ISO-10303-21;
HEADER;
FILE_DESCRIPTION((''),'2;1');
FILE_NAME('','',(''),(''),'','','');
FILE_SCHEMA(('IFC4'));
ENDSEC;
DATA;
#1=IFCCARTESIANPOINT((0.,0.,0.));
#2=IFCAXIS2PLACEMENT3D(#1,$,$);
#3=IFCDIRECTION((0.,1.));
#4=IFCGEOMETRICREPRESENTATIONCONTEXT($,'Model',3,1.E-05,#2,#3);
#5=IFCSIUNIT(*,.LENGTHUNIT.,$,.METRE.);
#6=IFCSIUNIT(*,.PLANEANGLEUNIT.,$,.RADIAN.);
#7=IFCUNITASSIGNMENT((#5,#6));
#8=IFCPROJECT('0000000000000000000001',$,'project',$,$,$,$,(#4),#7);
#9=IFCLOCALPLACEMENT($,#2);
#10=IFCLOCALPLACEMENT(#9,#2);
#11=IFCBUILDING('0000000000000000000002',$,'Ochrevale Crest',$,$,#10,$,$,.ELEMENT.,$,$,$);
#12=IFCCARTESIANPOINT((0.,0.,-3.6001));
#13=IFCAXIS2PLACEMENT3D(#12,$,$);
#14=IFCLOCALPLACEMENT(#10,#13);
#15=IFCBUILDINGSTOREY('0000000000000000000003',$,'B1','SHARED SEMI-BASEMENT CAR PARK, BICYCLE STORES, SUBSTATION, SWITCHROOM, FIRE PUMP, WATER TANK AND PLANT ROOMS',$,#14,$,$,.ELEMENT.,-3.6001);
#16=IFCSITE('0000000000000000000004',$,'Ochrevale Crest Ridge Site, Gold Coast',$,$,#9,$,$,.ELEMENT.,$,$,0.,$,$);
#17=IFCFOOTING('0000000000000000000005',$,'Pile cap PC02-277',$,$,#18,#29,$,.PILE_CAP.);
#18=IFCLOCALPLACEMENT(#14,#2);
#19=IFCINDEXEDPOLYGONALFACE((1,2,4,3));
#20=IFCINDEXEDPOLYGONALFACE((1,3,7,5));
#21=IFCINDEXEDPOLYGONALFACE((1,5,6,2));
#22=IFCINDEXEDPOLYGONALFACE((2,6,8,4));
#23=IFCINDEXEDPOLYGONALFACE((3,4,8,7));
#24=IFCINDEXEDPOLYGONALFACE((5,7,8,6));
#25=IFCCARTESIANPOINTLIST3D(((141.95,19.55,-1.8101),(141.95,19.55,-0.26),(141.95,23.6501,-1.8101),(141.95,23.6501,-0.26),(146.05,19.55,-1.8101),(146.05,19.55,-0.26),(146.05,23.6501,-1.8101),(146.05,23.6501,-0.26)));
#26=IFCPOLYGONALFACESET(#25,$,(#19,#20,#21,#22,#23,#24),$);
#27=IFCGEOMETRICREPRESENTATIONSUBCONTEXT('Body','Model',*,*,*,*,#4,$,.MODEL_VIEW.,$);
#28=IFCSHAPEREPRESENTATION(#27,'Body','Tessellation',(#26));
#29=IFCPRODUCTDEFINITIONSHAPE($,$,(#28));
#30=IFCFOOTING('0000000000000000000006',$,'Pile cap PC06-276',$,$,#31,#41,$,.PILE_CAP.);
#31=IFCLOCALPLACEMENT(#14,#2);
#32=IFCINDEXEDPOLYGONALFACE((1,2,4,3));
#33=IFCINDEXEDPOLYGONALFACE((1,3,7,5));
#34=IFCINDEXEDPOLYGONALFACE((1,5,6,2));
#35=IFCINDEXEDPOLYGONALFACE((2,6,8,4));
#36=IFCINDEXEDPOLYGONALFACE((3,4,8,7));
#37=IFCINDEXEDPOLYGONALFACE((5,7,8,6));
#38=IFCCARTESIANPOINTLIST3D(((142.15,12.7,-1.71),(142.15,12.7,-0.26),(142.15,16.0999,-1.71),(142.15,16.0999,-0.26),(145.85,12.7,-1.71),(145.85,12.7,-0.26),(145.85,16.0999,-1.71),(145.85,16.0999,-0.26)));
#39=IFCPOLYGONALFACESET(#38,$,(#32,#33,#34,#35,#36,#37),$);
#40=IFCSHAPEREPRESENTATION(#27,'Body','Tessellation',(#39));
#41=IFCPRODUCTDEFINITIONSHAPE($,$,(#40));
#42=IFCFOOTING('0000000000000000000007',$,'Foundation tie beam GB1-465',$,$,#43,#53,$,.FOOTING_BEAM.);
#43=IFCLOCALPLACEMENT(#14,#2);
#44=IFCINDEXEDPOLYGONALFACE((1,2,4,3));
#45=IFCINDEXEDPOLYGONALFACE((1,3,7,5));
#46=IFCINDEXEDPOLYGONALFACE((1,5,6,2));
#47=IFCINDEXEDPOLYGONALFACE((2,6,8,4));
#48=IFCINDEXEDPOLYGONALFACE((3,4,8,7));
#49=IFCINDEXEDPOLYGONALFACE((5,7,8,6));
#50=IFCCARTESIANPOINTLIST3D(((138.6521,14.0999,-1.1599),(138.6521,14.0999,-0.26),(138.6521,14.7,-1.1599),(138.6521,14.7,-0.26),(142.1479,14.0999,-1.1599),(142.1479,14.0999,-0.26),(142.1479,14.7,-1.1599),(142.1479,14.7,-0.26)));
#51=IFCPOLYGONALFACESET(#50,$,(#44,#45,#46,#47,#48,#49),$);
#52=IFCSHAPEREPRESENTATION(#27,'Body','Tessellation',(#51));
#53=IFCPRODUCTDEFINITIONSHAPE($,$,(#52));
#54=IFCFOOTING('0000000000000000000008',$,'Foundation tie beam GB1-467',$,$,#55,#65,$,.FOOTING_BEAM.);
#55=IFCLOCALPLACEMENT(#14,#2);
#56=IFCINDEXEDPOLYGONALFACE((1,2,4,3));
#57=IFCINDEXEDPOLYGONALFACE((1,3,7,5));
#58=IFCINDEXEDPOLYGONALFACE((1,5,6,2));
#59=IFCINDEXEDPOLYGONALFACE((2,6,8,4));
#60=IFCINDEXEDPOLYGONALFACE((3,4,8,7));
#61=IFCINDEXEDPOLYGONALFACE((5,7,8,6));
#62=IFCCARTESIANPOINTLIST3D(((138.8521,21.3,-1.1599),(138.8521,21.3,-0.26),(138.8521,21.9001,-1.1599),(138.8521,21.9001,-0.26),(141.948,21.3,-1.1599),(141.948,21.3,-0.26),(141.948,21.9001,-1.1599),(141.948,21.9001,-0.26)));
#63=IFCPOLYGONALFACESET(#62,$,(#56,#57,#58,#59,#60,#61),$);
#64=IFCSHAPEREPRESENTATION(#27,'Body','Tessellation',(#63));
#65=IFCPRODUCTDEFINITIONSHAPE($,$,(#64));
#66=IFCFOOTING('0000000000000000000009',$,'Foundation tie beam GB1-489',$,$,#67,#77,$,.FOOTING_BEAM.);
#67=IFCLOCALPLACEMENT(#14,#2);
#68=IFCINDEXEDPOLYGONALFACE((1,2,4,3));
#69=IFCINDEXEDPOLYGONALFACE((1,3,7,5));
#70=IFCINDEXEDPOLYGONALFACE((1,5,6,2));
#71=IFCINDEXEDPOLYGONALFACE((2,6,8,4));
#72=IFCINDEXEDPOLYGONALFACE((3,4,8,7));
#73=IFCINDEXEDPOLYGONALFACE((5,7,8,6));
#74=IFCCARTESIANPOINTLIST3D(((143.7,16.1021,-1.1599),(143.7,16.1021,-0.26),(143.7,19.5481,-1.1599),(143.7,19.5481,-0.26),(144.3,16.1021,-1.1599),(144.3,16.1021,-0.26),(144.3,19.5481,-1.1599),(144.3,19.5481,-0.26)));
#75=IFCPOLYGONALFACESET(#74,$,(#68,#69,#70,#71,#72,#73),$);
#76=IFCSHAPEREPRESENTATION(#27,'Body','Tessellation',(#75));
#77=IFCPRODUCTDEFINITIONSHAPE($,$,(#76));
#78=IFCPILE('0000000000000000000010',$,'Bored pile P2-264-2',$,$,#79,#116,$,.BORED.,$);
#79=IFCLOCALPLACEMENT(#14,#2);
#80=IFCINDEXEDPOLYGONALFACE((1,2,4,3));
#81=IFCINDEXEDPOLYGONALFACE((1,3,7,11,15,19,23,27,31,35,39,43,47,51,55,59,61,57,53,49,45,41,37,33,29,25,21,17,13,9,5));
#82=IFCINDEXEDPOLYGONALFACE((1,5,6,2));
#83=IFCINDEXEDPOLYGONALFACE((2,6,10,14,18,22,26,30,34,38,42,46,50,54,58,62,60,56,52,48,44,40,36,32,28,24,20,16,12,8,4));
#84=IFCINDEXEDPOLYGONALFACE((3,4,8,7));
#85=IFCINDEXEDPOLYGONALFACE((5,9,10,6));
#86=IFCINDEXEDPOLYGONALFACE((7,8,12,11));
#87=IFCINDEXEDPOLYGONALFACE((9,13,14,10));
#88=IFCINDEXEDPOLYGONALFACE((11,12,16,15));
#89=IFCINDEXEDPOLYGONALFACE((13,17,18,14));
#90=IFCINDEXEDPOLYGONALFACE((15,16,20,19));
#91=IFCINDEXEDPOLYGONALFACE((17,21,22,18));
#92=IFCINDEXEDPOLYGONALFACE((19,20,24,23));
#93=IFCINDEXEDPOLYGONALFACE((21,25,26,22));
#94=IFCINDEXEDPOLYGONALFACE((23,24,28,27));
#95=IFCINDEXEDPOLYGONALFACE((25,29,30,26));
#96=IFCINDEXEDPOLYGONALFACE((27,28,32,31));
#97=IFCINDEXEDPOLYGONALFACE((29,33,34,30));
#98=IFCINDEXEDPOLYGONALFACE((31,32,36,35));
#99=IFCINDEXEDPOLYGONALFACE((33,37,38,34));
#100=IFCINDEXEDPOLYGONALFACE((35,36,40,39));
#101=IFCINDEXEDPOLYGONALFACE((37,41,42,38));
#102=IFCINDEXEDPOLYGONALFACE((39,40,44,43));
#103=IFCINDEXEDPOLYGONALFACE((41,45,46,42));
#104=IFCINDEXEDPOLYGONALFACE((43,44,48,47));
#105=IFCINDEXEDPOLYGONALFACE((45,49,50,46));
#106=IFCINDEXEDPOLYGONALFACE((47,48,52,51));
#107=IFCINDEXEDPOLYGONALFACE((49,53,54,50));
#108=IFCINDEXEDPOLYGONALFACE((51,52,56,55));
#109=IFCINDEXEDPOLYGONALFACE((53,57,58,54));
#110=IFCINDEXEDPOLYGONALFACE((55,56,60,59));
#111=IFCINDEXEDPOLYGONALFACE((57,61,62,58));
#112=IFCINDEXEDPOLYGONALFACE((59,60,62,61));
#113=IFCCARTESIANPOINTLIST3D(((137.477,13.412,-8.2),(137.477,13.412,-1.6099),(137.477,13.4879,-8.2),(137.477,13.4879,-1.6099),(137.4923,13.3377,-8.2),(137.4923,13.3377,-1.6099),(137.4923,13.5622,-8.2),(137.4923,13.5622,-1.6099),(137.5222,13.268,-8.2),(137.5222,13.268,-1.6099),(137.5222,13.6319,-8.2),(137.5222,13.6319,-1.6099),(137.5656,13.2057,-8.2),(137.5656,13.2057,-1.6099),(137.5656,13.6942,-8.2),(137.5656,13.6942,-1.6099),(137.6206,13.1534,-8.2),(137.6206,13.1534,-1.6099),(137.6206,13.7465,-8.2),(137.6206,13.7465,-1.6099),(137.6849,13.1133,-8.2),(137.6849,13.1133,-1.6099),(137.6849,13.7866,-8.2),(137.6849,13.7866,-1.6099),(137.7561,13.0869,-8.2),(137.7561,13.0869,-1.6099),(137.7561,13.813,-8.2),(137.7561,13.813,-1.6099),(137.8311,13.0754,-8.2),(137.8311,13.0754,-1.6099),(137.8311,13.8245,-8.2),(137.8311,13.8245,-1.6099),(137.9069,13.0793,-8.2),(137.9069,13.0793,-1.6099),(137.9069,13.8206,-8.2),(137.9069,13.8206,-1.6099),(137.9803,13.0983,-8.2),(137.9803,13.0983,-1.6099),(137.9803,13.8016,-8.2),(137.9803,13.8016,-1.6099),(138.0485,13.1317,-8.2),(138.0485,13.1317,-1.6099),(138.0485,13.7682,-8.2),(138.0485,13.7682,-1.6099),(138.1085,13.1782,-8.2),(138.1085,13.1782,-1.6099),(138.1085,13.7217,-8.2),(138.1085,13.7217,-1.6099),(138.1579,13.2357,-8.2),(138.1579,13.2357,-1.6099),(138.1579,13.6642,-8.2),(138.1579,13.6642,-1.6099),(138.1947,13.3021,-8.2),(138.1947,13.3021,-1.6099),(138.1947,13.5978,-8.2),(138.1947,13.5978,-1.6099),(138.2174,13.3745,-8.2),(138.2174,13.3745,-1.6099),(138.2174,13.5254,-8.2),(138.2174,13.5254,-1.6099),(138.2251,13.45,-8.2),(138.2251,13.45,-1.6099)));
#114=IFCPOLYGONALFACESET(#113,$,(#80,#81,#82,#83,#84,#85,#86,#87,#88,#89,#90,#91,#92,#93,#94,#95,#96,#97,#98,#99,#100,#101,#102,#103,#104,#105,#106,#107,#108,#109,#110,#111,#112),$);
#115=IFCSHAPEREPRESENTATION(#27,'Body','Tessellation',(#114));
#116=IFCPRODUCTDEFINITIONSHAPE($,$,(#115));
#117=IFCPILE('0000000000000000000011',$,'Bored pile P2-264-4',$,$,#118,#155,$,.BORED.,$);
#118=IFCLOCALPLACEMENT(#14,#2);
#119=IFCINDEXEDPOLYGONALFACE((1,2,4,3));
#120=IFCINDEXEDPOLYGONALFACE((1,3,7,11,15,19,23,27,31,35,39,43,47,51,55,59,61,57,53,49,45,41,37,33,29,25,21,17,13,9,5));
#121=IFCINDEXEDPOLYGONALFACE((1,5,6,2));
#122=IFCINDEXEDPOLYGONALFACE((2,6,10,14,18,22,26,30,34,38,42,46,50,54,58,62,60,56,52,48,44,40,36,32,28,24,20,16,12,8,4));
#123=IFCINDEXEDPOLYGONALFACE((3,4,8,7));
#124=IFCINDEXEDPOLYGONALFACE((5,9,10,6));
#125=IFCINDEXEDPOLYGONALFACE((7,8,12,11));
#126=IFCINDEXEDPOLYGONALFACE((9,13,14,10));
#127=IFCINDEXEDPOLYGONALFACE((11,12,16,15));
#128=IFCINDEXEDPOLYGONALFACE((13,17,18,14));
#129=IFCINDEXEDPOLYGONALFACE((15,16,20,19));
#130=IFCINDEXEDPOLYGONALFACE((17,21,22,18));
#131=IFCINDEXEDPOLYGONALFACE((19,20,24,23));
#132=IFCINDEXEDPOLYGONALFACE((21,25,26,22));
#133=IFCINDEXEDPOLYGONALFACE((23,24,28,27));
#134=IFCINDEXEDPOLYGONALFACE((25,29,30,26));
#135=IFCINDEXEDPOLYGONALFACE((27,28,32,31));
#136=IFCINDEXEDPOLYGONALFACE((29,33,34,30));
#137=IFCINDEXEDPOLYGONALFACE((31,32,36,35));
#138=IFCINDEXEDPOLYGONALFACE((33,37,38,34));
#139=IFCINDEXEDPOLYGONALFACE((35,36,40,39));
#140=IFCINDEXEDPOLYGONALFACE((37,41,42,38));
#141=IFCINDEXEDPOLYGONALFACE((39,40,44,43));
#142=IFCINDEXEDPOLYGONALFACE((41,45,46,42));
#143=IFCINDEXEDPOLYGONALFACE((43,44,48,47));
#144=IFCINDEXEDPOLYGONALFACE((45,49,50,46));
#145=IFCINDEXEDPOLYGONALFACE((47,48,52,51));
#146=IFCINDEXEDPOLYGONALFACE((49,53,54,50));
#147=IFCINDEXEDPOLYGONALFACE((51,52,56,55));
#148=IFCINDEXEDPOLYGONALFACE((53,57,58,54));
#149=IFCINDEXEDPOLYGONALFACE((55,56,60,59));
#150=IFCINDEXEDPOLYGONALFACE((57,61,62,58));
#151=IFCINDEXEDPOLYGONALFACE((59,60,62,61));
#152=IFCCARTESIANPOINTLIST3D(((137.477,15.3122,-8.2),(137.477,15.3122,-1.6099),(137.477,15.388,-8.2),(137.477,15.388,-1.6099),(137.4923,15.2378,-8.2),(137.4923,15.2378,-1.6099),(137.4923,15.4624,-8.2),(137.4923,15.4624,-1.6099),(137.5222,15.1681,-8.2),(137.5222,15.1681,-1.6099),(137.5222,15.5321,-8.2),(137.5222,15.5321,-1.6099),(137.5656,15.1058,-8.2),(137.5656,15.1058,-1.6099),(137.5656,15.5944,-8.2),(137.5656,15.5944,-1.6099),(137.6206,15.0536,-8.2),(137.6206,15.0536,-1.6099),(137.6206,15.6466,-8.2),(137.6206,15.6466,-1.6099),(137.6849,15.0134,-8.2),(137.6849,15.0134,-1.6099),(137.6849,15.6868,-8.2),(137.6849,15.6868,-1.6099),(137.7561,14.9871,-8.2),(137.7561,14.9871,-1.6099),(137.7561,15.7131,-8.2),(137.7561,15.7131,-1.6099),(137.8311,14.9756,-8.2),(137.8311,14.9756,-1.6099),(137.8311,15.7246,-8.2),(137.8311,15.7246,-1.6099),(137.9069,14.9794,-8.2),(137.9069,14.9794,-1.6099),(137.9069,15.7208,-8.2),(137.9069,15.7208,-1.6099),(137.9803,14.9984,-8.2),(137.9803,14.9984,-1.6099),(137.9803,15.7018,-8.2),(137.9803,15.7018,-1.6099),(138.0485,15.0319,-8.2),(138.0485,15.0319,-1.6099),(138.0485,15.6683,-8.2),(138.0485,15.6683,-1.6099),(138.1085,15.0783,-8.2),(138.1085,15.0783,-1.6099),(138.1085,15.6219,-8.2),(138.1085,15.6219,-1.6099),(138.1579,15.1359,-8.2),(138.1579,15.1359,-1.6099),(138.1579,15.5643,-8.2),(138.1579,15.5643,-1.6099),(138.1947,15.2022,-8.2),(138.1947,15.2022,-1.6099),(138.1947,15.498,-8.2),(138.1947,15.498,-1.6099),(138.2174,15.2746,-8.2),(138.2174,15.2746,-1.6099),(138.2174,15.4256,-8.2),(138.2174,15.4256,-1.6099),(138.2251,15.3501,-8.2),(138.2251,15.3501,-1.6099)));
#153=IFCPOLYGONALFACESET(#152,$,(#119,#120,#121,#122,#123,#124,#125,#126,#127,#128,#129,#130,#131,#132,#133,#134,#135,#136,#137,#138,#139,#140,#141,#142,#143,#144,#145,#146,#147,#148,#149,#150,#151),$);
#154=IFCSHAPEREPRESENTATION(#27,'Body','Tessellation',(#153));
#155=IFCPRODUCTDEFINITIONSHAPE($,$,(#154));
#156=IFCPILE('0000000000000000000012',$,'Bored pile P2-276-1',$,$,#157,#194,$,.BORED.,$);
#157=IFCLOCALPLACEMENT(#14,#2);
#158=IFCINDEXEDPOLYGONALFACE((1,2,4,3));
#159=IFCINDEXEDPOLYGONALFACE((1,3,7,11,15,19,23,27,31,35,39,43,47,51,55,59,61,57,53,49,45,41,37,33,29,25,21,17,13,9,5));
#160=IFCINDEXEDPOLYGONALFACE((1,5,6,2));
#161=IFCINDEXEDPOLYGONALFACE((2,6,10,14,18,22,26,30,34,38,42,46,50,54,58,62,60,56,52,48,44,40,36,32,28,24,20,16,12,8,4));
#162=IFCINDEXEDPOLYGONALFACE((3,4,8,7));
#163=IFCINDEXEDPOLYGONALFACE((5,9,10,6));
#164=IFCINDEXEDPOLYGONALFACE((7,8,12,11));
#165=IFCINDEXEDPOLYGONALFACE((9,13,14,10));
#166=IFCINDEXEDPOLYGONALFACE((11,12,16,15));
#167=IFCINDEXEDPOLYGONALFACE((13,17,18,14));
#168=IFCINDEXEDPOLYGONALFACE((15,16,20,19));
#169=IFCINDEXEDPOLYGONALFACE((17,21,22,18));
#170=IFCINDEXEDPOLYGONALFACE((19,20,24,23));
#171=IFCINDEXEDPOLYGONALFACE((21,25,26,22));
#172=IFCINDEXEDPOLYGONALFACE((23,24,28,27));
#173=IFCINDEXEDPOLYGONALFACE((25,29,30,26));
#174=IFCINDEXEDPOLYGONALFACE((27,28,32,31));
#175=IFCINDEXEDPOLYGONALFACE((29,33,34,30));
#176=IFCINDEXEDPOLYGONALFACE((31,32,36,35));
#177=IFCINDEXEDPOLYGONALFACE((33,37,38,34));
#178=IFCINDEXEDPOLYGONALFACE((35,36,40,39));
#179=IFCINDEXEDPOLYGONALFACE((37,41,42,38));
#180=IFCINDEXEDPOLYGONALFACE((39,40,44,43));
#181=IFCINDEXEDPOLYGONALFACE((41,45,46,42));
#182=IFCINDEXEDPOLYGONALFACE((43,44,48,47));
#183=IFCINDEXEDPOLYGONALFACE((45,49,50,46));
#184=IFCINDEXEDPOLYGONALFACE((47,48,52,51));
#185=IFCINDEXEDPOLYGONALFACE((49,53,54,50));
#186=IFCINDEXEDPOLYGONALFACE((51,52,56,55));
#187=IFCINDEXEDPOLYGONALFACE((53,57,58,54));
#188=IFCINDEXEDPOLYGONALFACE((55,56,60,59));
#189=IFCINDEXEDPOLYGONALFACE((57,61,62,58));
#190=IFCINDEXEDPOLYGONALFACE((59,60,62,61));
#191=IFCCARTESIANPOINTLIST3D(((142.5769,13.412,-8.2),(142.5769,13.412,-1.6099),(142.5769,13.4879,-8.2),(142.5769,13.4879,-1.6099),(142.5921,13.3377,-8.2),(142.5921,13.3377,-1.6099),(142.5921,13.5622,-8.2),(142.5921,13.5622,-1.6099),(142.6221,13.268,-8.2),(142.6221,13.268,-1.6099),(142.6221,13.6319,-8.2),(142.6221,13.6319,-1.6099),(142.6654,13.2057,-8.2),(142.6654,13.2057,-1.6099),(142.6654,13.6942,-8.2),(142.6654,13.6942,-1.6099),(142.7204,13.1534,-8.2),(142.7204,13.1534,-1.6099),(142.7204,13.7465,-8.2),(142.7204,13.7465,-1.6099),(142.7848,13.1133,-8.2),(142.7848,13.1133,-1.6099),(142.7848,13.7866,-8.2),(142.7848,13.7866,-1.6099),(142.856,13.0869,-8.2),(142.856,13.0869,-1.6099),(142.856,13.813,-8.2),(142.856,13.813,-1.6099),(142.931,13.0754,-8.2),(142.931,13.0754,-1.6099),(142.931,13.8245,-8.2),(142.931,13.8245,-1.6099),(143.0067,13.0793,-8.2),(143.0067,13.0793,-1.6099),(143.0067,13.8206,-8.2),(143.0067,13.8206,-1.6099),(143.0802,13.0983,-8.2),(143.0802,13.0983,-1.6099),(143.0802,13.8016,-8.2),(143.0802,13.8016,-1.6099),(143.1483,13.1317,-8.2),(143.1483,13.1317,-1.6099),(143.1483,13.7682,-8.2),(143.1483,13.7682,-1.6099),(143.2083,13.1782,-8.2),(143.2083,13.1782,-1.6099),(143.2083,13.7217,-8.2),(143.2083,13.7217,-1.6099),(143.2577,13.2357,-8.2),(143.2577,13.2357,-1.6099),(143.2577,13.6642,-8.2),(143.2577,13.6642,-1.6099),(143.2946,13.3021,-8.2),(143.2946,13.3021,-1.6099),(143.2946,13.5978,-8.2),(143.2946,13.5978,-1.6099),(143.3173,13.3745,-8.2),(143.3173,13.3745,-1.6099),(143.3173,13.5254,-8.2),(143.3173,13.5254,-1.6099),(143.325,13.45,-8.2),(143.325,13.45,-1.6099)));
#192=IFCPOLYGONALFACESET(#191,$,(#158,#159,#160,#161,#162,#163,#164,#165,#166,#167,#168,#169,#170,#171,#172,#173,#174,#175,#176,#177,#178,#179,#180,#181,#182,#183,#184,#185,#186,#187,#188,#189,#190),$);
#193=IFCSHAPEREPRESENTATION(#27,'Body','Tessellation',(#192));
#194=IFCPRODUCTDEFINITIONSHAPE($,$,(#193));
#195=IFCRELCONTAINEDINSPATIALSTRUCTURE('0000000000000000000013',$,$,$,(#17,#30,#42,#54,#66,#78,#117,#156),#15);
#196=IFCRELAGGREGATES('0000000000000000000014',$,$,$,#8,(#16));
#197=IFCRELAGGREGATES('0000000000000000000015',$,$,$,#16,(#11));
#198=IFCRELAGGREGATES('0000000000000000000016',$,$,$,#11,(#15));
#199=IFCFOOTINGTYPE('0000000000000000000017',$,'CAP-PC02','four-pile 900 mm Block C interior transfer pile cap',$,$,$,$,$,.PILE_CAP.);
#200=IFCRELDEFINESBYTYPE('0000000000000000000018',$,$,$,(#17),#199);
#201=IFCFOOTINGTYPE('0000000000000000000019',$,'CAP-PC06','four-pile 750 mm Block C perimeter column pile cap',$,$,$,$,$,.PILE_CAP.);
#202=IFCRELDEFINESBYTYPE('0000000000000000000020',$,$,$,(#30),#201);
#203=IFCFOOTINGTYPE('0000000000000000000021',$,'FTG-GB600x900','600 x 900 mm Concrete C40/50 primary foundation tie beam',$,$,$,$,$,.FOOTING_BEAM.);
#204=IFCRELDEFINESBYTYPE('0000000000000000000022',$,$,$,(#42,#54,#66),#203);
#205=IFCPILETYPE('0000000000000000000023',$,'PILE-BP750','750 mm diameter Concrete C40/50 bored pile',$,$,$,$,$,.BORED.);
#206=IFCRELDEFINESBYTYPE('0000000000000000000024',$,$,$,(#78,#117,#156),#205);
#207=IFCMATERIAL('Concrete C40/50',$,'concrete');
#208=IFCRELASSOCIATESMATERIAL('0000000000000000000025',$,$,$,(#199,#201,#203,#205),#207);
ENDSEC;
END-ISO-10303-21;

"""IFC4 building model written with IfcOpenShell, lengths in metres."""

from ifc_helpers import new_model, si_unit, direction, frame, origin, origin_2d, place, context, subcontext, project, spatial, rectangle, circle, extrude, material, material_profile, profile_set, type_object, element, save


model = new_model("IFC4")

# Units and contexts
model_context = context("Model", 3, precision=1e-05, world=origin(), true_north=direction((0.0, 1.0)))
body_context = subcontext(model_context, "Body", "Model", "MODEL_VIEW")
ifc_project = project(units=[si_unit("LENGTHUNIT", "METRE"), si_unit("PLANEANGLEUNIT", "RADIAN")], contexts=[model_context])

# Site, building, storey
site_placement = place(None, origin())
site = spatial("IfcSite", under=ifc_project, at=site_placement, Name="Ochrevale Crest Ridge Site, Gold Coast", CompositionType="ELEMENT", RefElevation=0.0)
building_placement = place(site_placement, origin())
building = spatial("IfcBuilding", under=site, at=building_placement, Name="Ochrevale Crest", CompositionType="ELEMENT")
storey_placement = place(building_placement, frame((0.0, 0.0, -3.6001)))
storey = spatial("IfcBuildingStorey", under=building, at=storey_placement, Name="B1", Description="SHARED SEMI-BASEMENT CAR PARK, BICYCLE STORES, SUBSTATION, SWITCHROOM, FIRE PUMP, WATER TANK AND PLANT ROOMS", CompositionType="ELEMENT", Elevation=-3.6001)

# Footings
ifc_material_1 = material(Name="Concrete C40/50", Category="concrete")
footing_type_1 = type_object("IfcFootingType", Name="CAP-PC02", Description="four-pile 900 mm Block C interior transfer pile cap", PredefinedType="PILE_CAP", material=ifc_material_1)
footing_1_placement = place(storey_placement, frame((144.0, 21.6001, -1.8101), z_axis=(0.0, 0.0, 1.0), x_axis=(1.0, 0.0, 0.0)))
element("IfcFooting", 1, at=footing_1_placement, inside=storey, type_object=footing_type_1, Name="Pile cap PC02-277", PredefinedType="PILE_CAP", context=body_context, shape_type="SweptSolid", body=[
    extrude(rectangle(XDim=4.1001, YDim=4.1001, at=origin_2d()), origin(), (0.0, 0.0, 1.0), 1.55),
])
footing_type_2 = type_object("IfcFootingType", Name="CAP-PC06", Description="four-pile 750 mm Block C perimeter column pile cap", PredefinedType="PILE_CAP", material=ifc_material_1)
footing_2_placement = place(storey_placement, frame((144.0, 14.3999, -1.71), z_axis=(0.0, 0.0, 1.0), x_axis=(1.0, 0.0, 0.0)))
element("IfcFooting", 2, at=footing_2_placement, inside=storey, type_object=footing_type_2, Name="Pile cap PC06-276", PredefinedType="PILE_CAP", context=body_context, shape_type="SweptSolid", body=[
    extrude(rectangle(XDim=3.7, YDim=3.3999, at=origin_2d()), origin(), (0.0, 0.0, 1.0), 1.45),
])
ifc_material_profile_1 = material_profile(ifc_material_1, rectangle(XDim=0.6001, YDim=0.8999, at=origin_2d()), Name="GB 600x900")
ifc_profile_set_1 = profile_set([ifc_material_profile_1], Name="Concrete C40/50")
footing_type_3 = type_object("IfcFootingType", Name="FTG-GB600x900", Description="600 x 900 mm Concrete C40/50 primary foundation tie beam", PredefinedType="FOOTING_BEAM", material=ifc_profile_set_1)
footing_3_placement = place(storey_placement, frame((138.6521, 14.3999, -0.71), z_axis=(1.0, 0.0, 0.0), x_axis=(0.0, 1.0, 0.0)))
element("IfcFooting", 3, at=footing_3_placement, inside=storey, type_object=footing_type_3, Name="Foundation tie beam GB1-465", PredefinedType="FOOTING_BEAM", context=body_context, shape_type="SweptSolid", body=[
    extrude(rectangle(XDim=0.6001, YDim=0.8999, at=origin_2d()), origin(), (0.0, 0.0, 1.0), 3.4958),
])
footing_4_placement = place(storey_placement, frame((138.8521, 21.6001, -0.71), z_axis=(1.0, 0.0, 0.0), x_axis=(0.0, 1.0, 0.0)))
element("IfcFooting", 4, at=footing_4_placement, inside=storey, type_object=footing_type_3, Name="Foundation tie beam GB1-467", PredefinedType="FOOTING_BEAM", context=body_context, shape_type="SweptSolid", body=[
    extrude(rectangle(XDim=0.6001, YDim=0.8999, at=origin_2d()), origin(), (0.0, 0.0, 1.0), 3.0959),
])
footing_5_placement = place(storey_placement, frame((144.0, 16.1021, -0.71), z_axis=(0.0, 1.0, 0.0), x_axis=(-1.0, 0.0, 0.0)))
element("IfcFooting", 5, at=footing_5_placement, inside=storey, type_object=footing_type_3, Name="Foundation tie beam GB1-489", PredefinedType="FOOTING_BEAM", context=body_context, shape_type="SweptSolid", body=[
    extrude(rectangle(XDim=0.6001, YDim=0.8999, at=origin_2d()), origin(), (0.0, 0.0, 1.0), 3.446),
])

# Piles
ifc_material_profile_2 = material_profile(ifc_material_1, circle(Radius=0.375, at=origin_2d()), Name="BORED PILE 750")
ifc_profile_set_2 = profile_set([ifc_material_profile_2], Name="Concrete C40/50")
pile_type_1 = type_object("IfcPileType", Name="PILE-BP750", Description="750 mm diameter Concrete C40/50 bored pile", PredefinedType="BORED", material=ifc_profile_set_2)
for number, where, z_axis, x_axis, name in (
    (6, (137.8501, 13.45, -1.6099), (0.0, 0.0, -1.0), (1.0, 0.0, 0.0), "Bored pile P2-264-2"),
    (7, (137.8501, 15.3501, -1.6099), (0.0, 0.0, -1.0), (1.0, 0.0, 0.0), "Bored pile P2-264-4"),
    (8, (142.95, 13.45, -1.6099), (0.0, 0.0, -1.0), (1.0, 0.0, 0.0), "Bored pile P2-276-1"),
):
    element("IfcPile", number, at=place(storey_placement, frame(where, z_axis=z_axis, x_axis=x_axis)), inside=storey, type_object=pile_type_1, Name=name, PredefinedType="BORED", context=body_context, shape_type="SweptSolid", body=[
        extrude(circle(Radius=0.375, at=origin_2d()), origin(), (0.0, 0.0, 1.0), 6.5901),
    ])

save(model, "model.ifc")
